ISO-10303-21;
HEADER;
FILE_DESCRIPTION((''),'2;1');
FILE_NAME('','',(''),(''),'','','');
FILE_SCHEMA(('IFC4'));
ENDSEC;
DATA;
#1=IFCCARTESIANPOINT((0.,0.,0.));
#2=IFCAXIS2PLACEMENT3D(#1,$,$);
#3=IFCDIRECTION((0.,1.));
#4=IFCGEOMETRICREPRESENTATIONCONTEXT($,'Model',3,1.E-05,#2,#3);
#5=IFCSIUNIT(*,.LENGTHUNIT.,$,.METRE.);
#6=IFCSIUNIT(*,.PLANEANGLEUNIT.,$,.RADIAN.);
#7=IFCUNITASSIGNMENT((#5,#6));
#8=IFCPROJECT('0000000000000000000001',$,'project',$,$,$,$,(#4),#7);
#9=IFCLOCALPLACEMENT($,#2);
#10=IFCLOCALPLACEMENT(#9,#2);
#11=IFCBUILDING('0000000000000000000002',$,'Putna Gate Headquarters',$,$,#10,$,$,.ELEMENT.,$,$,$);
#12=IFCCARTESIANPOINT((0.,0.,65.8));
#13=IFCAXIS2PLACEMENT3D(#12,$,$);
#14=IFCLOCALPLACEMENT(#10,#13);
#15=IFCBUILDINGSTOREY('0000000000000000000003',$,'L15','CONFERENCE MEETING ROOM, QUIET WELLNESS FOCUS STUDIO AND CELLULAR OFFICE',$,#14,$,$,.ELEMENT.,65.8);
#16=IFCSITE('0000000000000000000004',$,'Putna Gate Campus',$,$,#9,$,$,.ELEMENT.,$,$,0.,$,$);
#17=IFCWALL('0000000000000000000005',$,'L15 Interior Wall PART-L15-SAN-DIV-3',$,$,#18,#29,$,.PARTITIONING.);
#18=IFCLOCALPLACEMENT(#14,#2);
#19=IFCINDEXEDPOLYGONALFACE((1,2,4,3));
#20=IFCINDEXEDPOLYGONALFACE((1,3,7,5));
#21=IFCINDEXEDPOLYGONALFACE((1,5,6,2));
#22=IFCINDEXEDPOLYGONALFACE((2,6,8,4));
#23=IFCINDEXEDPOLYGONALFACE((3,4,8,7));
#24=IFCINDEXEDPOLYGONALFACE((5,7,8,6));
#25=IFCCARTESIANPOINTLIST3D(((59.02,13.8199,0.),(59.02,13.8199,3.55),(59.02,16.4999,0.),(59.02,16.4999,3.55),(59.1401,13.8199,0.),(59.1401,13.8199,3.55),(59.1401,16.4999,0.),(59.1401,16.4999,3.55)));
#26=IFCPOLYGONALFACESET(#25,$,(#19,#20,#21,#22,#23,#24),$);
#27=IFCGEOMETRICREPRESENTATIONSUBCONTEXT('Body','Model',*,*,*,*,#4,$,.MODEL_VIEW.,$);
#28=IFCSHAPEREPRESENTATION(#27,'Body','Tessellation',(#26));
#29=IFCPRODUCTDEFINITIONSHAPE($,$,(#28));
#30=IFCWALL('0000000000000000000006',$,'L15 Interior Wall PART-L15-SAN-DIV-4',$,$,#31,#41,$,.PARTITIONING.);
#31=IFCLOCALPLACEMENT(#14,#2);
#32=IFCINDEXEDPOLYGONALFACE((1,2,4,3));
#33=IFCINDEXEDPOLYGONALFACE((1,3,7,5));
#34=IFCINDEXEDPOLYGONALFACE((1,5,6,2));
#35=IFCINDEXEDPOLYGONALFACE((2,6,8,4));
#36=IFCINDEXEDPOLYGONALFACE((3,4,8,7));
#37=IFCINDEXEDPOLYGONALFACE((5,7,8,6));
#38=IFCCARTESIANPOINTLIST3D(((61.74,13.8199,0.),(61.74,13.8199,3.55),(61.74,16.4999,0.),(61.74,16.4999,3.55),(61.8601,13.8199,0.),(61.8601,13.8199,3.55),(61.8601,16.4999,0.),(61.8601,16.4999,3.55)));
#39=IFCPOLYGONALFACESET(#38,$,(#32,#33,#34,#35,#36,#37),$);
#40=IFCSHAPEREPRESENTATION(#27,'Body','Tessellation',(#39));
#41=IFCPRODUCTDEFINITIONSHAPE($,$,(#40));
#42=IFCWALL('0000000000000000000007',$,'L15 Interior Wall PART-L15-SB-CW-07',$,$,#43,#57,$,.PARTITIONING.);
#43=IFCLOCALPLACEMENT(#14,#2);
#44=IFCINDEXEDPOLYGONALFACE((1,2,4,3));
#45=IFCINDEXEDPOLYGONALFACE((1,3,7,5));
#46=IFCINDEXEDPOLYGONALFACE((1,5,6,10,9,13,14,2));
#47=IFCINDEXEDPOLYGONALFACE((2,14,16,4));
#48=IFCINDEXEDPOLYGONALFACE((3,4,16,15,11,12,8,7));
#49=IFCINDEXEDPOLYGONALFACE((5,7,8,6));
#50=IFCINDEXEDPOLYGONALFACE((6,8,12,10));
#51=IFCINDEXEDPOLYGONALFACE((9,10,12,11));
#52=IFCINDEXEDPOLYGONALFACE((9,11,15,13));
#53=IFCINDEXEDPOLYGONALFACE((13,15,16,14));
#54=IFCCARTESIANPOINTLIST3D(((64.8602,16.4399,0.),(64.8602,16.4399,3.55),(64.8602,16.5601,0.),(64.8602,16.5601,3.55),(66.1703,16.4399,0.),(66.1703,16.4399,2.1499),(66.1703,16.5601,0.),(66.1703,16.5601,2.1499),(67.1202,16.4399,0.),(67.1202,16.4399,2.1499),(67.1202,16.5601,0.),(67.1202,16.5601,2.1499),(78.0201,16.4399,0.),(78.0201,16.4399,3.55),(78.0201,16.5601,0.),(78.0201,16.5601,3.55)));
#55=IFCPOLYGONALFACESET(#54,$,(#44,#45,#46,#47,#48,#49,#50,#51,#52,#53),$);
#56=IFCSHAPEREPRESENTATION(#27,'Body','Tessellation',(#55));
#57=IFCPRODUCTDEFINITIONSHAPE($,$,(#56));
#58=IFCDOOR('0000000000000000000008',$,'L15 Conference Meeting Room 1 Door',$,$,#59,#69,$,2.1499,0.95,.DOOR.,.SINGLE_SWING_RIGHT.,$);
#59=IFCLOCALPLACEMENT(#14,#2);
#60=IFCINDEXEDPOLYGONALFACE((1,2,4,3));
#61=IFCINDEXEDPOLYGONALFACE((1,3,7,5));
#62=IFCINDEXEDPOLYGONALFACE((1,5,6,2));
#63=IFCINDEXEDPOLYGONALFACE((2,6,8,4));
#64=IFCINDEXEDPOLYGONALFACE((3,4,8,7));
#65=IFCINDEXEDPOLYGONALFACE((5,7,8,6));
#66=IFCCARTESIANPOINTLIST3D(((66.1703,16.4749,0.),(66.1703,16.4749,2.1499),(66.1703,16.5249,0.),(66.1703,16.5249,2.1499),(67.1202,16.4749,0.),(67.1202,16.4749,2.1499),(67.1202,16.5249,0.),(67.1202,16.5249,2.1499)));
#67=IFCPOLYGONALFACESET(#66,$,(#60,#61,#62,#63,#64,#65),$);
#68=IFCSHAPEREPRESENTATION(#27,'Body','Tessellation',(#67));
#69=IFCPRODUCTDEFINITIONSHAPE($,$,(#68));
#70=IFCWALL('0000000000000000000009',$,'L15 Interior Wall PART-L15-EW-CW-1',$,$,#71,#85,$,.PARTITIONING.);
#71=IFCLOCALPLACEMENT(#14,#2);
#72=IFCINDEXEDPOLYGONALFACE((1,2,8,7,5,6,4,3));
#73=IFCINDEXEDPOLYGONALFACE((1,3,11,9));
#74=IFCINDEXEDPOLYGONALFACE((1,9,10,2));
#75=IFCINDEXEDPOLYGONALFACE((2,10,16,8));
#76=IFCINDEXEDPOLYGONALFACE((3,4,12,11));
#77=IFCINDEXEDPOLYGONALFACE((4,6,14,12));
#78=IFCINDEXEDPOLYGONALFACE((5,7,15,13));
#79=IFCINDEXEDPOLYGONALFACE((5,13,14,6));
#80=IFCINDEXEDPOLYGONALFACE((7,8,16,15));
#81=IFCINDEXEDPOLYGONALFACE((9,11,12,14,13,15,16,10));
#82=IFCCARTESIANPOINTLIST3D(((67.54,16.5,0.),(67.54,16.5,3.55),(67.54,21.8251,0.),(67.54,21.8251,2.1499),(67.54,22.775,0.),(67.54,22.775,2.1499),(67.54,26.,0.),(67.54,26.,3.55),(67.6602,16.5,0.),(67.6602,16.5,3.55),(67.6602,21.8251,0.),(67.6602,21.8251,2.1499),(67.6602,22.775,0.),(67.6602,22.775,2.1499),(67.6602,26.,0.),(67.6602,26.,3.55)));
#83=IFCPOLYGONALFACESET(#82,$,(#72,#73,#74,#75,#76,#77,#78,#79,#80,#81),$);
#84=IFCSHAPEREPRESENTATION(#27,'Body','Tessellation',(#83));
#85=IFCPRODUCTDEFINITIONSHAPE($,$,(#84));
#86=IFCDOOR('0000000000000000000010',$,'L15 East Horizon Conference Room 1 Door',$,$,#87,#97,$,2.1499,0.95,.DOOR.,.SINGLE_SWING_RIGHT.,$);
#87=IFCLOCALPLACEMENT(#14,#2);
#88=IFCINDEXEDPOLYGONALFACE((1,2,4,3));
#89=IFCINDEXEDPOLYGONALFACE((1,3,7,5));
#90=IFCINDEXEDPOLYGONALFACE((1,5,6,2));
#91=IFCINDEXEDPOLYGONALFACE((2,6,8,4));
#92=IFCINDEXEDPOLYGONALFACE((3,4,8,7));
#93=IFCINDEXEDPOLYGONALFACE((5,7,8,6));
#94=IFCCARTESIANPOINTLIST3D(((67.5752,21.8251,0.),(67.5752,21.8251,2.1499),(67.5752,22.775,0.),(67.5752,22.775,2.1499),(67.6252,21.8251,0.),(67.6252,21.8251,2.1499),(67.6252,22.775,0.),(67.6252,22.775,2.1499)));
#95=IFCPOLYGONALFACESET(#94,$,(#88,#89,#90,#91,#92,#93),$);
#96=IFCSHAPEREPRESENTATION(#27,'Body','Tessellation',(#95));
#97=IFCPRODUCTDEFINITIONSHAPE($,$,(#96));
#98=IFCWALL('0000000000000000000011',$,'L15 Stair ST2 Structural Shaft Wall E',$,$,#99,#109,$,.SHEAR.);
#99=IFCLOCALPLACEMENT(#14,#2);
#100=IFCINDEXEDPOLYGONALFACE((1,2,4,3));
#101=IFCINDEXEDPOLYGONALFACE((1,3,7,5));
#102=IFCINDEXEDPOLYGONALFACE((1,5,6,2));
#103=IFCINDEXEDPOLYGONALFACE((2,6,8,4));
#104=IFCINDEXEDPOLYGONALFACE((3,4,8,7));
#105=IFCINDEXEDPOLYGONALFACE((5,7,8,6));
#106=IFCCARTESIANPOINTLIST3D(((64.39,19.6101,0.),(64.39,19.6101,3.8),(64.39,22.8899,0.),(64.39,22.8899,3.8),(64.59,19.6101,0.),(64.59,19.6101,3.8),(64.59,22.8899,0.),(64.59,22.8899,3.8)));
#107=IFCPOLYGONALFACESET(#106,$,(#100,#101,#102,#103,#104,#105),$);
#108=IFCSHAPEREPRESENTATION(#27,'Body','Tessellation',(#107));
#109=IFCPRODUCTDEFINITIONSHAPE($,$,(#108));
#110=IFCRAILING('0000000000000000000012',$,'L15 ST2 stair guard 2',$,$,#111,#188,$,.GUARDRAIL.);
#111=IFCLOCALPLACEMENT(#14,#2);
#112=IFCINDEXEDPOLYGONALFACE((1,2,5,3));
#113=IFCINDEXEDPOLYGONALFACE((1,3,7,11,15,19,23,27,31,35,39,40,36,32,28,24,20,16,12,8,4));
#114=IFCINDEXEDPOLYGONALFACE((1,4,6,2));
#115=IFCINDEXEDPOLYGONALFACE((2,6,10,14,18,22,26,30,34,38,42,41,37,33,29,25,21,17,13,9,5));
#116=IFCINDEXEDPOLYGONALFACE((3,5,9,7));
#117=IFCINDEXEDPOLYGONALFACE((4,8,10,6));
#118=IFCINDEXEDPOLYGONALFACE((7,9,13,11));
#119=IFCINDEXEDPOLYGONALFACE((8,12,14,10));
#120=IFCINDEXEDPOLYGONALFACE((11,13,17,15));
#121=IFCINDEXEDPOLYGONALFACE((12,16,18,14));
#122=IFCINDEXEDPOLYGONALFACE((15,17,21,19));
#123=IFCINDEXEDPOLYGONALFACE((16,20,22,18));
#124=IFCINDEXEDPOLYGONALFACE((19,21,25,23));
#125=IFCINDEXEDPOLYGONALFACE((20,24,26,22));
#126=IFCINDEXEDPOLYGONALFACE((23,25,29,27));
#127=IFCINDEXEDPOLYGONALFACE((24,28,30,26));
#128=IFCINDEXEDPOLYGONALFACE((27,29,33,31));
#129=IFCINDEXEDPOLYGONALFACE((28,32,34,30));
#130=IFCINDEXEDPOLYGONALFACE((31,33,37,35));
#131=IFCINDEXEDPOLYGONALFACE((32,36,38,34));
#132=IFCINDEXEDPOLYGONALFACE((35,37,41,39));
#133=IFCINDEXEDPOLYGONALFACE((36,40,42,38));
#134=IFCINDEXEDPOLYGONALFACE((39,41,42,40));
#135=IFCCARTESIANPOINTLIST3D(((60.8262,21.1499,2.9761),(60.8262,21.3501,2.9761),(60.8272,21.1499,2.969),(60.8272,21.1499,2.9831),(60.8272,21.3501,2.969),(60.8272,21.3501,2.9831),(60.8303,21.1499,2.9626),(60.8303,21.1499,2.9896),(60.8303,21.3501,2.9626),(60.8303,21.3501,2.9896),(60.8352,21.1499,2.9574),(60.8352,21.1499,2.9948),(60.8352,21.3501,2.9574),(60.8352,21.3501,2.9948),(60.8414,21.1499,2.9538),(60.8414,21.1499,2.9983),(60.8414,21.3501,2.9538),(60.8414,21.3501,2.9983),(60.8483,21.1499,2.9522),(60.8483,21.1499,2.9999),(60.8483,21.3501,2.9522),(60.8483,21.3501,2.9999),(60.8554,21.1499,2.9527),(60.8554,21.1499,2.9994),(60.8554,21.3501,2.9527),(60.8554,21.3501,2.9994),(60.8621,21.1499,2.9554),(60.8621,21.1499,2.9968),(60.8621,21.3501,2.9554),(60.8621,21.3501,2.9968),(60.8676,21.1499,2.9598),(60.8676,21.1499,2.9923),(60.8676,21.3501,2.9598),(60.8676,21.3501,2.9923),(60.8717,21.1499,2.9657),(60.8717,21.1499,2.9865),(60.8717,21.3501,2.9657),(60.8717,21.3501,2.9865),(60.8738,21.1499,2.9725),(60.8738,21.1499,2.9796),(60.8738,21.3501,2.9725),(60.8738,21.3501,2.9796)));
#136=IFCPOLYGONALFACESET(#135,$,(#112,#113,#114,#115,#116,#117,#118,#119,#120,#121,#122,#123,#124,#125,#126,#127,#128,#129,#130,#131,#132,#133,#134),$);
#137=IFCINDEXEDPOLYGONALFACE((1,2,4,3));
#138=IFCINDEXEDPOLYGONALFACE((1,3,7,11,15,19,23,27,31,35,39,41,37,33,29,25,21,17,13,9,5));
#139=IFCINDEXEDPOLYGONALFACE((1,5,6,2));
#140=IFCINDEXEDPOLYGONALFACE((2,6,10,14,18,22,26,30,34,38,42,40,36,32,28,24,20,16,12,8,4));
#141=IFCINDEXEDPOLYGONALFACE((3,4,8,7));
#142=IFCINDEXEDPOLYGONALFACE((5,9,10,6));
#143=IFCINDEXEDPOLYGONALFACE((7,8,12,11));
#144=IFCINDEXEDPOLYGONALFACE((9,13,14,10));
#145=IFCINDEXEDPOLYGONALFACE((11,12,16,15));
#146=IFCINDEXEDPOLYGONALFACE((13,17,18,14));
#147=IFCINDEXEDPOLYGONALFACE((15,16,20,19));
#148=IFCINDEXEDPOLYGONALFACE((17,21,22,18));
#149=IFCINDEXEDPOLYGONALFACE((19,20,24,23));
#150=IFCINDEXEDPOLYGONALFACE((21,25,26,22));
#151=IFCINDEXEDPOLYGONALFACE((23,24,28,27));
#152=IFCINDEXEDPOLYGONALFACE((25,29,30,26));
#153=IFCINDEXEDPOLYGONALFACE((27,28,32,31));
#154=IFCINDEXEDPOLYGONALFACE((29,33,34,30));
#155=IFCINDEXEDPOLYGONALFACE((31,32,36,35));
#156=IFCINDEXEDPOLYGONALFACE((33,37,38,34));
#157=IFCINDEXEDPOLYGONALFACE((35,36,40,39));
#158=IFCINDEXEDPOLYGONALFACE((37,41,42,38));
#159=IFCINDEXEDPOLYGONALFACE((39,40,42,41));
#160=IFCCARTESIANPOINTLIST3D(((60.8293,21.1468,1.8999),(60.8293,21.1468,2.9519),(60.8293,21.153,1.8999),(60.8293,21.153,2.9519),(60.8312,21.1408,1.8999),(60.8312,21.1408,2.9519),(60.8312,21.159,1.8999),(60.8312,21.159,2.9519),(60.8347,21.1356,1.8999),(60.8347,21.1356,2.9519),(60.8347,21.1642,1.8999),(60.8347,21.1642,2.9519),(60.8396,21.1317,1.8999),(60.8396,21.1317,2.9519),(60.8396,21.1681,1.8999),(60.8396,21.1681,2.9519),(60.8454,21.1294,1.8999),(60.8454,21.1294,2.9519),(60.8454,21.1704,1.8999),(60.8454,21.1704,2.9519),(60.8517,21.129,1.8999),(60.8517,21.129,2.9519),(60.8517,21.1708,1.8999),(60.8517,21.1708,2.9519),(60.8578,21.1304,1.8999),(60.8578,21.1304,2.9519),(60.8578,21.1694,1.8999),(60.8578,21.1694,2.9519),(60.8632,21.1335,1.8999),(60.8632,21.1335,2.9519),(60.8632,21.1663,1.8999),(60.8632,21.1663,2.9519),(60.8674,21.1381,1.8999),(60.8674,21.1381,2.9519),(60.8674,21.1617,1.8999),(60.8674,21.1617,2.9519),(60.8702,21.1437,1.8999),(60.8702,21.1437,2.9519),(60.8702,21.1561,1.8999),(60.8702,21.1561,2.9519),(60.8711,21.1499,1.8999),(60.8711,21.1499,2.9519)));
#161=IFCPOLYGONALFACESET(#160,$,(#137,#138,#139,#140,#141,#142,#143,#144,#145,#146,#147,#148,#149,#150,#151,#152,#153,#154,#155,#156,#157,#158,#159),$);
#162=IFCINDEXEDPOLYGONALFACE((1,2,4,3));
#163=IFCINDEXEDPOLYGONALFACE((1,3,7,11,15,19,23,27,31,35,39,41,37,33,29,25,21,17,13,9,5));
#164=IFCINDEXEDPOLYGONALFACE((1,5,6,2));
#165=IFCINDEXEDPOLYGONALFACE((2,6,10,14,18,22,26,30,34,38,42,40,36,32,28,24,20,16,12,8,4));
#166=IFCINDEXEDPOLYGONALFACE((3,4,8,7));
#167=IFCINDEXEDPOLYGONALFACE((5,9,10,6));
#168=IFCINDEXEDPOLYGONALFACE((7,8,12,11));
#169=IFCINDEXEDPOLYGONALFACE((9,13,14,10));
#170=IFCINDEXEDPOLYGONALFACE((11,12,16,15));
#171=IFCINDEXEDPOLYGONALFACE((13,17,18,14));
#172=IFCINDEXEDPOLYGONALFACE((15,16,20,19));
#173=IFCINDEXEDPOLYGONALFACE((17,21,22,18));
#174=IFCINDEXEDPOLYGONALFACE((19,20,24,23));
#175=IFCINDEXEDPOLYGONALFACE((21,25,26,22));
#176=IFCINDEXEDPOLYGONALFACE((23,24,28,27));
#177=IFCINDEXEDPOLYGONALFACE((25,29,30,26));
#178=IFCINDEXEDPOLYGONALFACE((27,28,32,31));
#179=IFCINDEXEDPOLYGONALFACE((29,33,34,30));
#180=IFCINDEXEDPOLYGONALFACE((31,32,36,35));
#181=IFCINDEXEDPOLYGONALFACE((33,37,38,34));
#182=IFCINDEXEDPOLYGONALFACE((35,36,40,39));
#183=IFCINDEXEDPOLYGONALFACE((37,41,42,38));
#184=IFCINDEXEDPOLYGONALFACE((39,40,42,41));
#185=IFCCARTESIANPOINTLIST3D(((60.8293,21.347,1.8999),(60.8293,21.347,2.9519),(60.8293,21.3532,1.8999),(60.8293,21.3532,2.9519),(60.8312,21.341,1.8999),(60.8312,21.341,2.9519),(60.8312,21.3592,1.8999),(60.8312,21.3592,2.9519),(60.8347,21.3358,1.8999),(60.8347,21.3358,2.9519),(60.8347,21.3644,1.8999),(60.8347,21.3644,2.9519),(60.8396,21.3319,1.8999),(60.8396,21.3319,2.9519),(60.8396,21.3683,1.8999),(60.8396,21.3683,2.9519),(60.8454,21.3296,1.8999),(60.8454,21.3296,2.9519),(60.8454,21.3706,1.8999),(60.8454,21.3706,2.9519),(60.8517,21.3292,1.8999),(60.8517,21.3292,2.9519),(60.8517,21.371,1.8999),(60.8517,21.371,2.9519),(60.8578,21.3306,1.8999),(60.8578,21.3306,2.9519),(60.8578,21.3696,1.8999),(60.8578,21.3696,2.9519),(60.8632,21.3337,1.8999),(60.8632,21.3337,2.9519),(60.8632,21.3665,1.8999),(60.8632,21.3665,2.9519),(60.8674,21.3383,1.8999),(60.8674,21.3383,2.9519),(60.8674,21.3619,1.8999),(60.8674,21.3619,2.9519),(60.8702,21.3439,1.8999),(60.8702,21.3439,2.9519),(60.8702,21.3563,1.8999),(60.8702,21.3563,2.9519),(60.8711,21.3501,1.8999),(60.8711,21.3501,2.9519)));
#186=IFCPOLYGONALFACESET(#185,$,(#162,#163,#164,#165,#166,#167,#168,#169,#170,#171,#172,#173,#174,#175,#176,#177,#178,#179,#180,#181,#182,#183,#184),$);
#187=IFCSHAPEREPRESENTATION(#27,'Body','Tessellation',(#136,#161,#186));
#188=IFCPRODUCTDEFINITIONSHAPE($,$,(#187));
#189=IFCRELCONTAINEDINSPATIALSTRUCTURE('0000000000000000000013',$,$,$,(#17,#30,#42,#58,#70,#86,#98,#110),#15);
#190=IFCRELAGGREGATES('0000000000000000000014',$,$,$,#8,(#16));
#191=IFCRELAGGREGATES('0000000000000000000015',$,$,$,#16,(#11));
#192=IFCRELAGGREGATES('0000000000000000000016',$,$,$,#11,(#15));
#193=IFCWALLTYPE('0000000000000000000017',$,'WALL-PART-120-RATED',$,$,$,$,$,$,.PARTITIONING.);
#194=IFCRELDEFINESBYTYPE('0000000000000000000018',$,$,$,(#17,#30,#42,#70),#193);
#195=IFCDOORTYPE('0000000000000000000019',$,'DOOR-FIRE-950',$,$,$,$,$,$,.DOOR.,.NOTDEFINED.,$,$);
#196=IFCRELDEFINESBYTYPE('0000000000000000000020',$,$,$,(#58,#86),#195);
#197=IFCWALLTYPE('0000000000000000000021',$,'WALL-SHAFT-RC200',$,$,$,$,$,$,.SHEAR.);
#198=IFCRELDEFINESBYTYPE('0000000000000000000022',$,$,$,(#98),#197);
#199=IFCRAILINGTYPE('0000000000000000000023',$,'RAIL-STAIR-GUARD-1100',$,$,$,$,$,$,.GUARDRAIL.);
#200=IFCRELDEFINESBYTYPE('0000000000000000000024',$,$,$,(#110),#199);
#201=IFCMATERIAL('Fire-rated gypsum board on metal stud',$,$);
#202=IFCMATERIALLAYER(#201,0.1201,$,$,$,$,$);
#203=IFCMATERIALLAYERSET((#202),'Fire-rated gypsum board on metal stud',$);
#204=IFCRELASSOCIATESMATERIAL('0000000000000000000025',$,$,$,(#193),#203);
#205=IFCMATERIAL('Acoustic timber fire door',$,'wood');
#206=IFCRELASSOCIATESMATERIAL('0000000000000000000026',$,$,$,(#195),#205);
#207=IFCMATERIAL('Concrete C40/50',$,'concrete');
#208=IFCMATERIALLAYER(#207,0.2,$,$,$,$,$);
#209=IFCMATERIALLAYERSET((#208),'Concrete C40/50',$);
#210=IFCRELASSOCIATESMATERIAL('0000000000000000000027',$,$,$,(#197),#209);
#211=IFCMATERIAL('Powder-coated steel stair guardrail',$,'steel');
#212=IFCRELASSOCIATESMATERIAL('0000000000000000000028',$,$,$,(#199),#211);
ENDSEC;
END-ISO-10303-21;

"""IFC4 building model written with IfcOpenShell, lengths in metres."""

from ifc_helpers import new_model, si_unit, direction, frame, frame_2d, origin, origin_2d, place, context, subcontext, project, spatial, rectangle, circle, extrude, material, layer, layer_set, type_object, element, fill, save


model = new_model("IFC4")

# Units and contexts
model_context = context("Model", 3, precision=1e-05, world=origin(), true_north=direction((0.0, 1.0)))
body_context = subcontext(model_context, "Body", "Model", "MODEL_VIEW")
ifc_project = project(units=[si_unit("LENGTHUNIT", "METRE"), si_unit("PLANEANGLEUNIT", "RADIAN")], contexts=[model_context])

# Site, building, storey
site_placement = place(None, origin())
site = spatial("IfcSite", under=ifc_project, at=site_placement, Name="Putna Gate Campus", CompositionType="ELEMENT", RefElevation=0.0)
building_placement = place(site_placement, origin())
building = spatial("IfcBuilding", under=site, at=building_placement, Name="Putna Gate Headquarters", CompositionType="ELEMENT")
storey_placement = place(building_placement, frame((0.0, 0.0, 65.8)))
storey = spatial("IfcBuildingStorey", under=building, at=storey_placement, Name="L15", Description="CONFERENCE MEETING ROOM, QUIET WELLNESS FOCUS STUDIO AND CELLULAR OFFICE", CompositionType="ELEMENT", Elevation=65.8)

# Walls
ifc_material_1 = material(Name="Fire-rated gypsum board on metal stud")
ifc_layer_1 = layer(ifc_material_1, 0.1201)
ifc_layer_set_1 = layer_set([ifc_layer_1], Name="Fire-rated gypsum board on metal stud")
wall_type_1 = type_object("IfcWallType", Name="WALL-PART-120-RATED", PredefinedType="PARTITIONING", material=ifc_layer_set_1)
for number, where, z_axis, x_axis, name in (
    (1, (59.0801, 13.8201, 0.0), (0.0, 0.0, 1.0), (0.0, 1.0, 0.0), "L15 Interior Wall PART-L15-SAN-DIV-3"),
    (2, (61.8, 13.8201, 0.0), (0.0, 0.0, 1.0), (0.0, 1.0, 0.0), "L15 Interior Wall PART-L15-SAN-DIV-4"),
):
    element("IfcWall", number, at=place(storey_placement, frame(where, z_axis=z_axis, x_axis=x_axis)), inside=storey, type_object=wall_type_1, Name=name, PredefinedType="PARTITIONING", context=body_context, shape_type="SweptSolid", body=[
        extrude(rectangle(XDim=2.6799, YDim=0.1201, at=frame_2d((1.3398, 0.0))), origin(), (0.0, 0.0, 1.0), 3.55),
    ])

# Walls, openings, doors
wall_1_placement = place(storey_placement, frame((64.8601, 16.5, 0.0), z_axis=(0.0, 0.0, 1.0), x_axis=(1.0, 0.0, 0.0)))
wall_1 = element("IfcWall", 3, at=wall_1_placement, inside=storey, type_object=wall_type_1, Name="L15 Interior Wall PART-L15-SB-CW-07", PredefinedType="PARTITIONING", context=body_context, shape_type="SweptSolid", body=[
    extrude(rectangle(XDim=13.1599, YDim=0.1201, at=frame_2d((6.5801, 0.0))), origin(), (0.0, 0.0, 1.0), 3.55),
])
opening_1_placement = place(wall_1_placement, frame((1.3101, 0.0, 0.0)))
opening_1 = element("IfcOpeningElement", 4, at=opening_1_placement, cuts=wall_1, PredefinedType="OPENING", context=body_context, shape_type="SweptSolid", body=[
    extrude(rectangle(XDim=0.95, YDim=2.1499, at=frame_2d((0.4751, 1.075))), frame((0.0, 0.0701, 0.0), z_axis=(0.0, -1.0, 0.0), x_axis=(1.0, 0.0, 0.0)), (0.0, 0.0, 1.0), 0.1401),
])
ifc_material_2 = material(Name="Acoustic timber fire door", Category="wood")
door_type_1 = type_object("IfcDoorType", Name="DOOR-FIRE-950", OperationType="NOTDEFINED", PredefinedType="DOOR", material=ifc_material_2)
door_1_placement = place(opening_1_placement, origin())
door_1 = element("IfcDoor", 5, at=door_1_placement, inside=storey, type_object=door_type_1, Name="L15 Conference Meeting Room 1 Door", OperationType="SINGLE_SWING_RIGHT", OverallHeight=2.1499, OverallWidth=0.95, PredefinedType="DOOR", context=body_context, shape_type="SweptSolid", body=[
    extrude(rectangle(XDim=0.95, YDim=2.1499, at=frame_2d((0.4751, 1.075))), frame((0.0, 0.0249, 0.0), z_axis=(0.0, -1.0, 0.0), x_axis=(1.0, 0.0, 0.0)), (0.0, 0.0, 1.0), 0.05),
])
fill(opening_1, door_1)
wall_2_placement = place(storey_placement, frame((67.6001, 16.5, 0.0), z_axis=(0.0, 0.0, 1.0), x_axis=(0.0, 1.0, 0.0)))
wall_2 = element("IfcWall", 6, at=wall_2_placement, inside=storey, type_object=wall_type_1, Name="L15 Interior Wall PART-L15-EW-CW-1", PredefinedType="PARTITIONING", context=body_context, shape_type="SweptSolid", body=[
    extrude(rectangle(XDim=9.5, YDim=0.1201, at=frame_2d((4.75, 0.0))), origin(), (0.0, 0.0, 1.0), 3.55),
])
opening_2_placement = place(wall_2_placement, frame((5.325, 0.0, 0.0)))
opening_2 = element("IfcOpeningElement", 7, at=opening_2_placement, cuts=wall_2, PredefinedType="OPENING", context=body_context, shape_type="SweptSolid", body=[
    extrude(rectangle(XDim=0.95, YDim=2.1499, at=frame_2d((0.4751, 1.075))), frame((0.0, 0.0701, 0.0), z_axis=(0.0, -1.0, 0.0), x_axis=(1.0, 0.0, 0.0)), (0.0, 0.0, 1.0), 0.1401),
])
door_2_placement = place(opening_2_placement, origin())
door_2 = element("IfcDoor", 8, at=door_2_placement, inside=storey, type_object=door_type_1, Name="L15 East Horizon Conference Room 1 Door", OperationType="SINGLE_SWING_RIGHT", OverallHeight=2.1499, OverallWidth=0.95, PredefinedType="DOOR", context=body_context, shape_type="SweptSolid", body=[
    extrude(rectangle(XDim=0.95, YDim=2.1499, at=frame_2d((0.4751, 1.075))), frame((0.0, 0.0249, 0.0), z_axis=(0.0, -1.0, 0.0), x_axis=(1.0, 0.0, 0.0)), (0.0, 0.0, 1.0), 0.05),
])
fill(opening_2, door_2)

# Wall
ifc_material_3 = material(Name="Concrete C40/50", Category="concrete")
ifc_layer_2 = layer(ifc_material_3, 0.2)
ifc_layer_set_2 = layer_set([ifc_layer_2], Name="Concrete C40/50")
wall_type_2 = type_object("IfcWallType", Name="WALL-SHAFT-RC200", PredefinedType="SHEAR", material=ifc_layer_set_2)
wall_3_placement = place(storey_placement, frame((64.49, 19.6101, 0.0), z_axis=(0.0, 0.0, 1.0), x_axis=(0.0, 1.0, 0.0)))
element("IfcWall", 9, at=wall_3_placement, inside=storey, type_object=wall_type_2, Name="L15 Stair ST2 Structural Shaft Wall E", PredefinedType="SHEAR", context=body_context, shape_type="SweptSolid", body=[
    extrude(rectangle(XDim=3.2798, YDim=0.2, at=frame_2d((1.6399, 0.0))), origin(), (0.0, 0.0, 1.0), 3.8),
])

# Railing
ifc_material_4 = material(Name="Powder-coated steel stair guardrail", Category="steel")
railing_type = type_object("IfcRailingType", Name="RAIL-STAIR-GUARD-1100", PredefinedType="GUARDRAIL", material=ifc_material_4)
railing_1_placement = place(storey_placement, frame((60.8501, 21.1499, 1.8999)))
element("IfcRailing", 10, at=railing_1_placement, inside=storey, type_object=railing_type, Name="L15 ST2 stair guard 2", PredefinedType="GUARDRAIL", context=body_context, shape_type="SweptSolid", body=[
    extrude(circle(Radius=0.0239, at=origin_2d()), frame((0.0, 0.0, 1.0762), z_axis=(0.0, 1.0, 0.0), x_axis=(-1.0, 0.0, 0.0)), (0.0, 0.0, 1.0), 0.2002),
    extrude(circle(Radius=0.021, at=origin_2d()), origin(), (0.0, 0.0, 1.0), 1.052),
    extrude(circle(Radius=0.021, at=origin_2d()), frame((0.0, 0.2002, 0.0)), (0.0, 0.0, 1.0), 1.052),
])

save(model, "model.ifc")
